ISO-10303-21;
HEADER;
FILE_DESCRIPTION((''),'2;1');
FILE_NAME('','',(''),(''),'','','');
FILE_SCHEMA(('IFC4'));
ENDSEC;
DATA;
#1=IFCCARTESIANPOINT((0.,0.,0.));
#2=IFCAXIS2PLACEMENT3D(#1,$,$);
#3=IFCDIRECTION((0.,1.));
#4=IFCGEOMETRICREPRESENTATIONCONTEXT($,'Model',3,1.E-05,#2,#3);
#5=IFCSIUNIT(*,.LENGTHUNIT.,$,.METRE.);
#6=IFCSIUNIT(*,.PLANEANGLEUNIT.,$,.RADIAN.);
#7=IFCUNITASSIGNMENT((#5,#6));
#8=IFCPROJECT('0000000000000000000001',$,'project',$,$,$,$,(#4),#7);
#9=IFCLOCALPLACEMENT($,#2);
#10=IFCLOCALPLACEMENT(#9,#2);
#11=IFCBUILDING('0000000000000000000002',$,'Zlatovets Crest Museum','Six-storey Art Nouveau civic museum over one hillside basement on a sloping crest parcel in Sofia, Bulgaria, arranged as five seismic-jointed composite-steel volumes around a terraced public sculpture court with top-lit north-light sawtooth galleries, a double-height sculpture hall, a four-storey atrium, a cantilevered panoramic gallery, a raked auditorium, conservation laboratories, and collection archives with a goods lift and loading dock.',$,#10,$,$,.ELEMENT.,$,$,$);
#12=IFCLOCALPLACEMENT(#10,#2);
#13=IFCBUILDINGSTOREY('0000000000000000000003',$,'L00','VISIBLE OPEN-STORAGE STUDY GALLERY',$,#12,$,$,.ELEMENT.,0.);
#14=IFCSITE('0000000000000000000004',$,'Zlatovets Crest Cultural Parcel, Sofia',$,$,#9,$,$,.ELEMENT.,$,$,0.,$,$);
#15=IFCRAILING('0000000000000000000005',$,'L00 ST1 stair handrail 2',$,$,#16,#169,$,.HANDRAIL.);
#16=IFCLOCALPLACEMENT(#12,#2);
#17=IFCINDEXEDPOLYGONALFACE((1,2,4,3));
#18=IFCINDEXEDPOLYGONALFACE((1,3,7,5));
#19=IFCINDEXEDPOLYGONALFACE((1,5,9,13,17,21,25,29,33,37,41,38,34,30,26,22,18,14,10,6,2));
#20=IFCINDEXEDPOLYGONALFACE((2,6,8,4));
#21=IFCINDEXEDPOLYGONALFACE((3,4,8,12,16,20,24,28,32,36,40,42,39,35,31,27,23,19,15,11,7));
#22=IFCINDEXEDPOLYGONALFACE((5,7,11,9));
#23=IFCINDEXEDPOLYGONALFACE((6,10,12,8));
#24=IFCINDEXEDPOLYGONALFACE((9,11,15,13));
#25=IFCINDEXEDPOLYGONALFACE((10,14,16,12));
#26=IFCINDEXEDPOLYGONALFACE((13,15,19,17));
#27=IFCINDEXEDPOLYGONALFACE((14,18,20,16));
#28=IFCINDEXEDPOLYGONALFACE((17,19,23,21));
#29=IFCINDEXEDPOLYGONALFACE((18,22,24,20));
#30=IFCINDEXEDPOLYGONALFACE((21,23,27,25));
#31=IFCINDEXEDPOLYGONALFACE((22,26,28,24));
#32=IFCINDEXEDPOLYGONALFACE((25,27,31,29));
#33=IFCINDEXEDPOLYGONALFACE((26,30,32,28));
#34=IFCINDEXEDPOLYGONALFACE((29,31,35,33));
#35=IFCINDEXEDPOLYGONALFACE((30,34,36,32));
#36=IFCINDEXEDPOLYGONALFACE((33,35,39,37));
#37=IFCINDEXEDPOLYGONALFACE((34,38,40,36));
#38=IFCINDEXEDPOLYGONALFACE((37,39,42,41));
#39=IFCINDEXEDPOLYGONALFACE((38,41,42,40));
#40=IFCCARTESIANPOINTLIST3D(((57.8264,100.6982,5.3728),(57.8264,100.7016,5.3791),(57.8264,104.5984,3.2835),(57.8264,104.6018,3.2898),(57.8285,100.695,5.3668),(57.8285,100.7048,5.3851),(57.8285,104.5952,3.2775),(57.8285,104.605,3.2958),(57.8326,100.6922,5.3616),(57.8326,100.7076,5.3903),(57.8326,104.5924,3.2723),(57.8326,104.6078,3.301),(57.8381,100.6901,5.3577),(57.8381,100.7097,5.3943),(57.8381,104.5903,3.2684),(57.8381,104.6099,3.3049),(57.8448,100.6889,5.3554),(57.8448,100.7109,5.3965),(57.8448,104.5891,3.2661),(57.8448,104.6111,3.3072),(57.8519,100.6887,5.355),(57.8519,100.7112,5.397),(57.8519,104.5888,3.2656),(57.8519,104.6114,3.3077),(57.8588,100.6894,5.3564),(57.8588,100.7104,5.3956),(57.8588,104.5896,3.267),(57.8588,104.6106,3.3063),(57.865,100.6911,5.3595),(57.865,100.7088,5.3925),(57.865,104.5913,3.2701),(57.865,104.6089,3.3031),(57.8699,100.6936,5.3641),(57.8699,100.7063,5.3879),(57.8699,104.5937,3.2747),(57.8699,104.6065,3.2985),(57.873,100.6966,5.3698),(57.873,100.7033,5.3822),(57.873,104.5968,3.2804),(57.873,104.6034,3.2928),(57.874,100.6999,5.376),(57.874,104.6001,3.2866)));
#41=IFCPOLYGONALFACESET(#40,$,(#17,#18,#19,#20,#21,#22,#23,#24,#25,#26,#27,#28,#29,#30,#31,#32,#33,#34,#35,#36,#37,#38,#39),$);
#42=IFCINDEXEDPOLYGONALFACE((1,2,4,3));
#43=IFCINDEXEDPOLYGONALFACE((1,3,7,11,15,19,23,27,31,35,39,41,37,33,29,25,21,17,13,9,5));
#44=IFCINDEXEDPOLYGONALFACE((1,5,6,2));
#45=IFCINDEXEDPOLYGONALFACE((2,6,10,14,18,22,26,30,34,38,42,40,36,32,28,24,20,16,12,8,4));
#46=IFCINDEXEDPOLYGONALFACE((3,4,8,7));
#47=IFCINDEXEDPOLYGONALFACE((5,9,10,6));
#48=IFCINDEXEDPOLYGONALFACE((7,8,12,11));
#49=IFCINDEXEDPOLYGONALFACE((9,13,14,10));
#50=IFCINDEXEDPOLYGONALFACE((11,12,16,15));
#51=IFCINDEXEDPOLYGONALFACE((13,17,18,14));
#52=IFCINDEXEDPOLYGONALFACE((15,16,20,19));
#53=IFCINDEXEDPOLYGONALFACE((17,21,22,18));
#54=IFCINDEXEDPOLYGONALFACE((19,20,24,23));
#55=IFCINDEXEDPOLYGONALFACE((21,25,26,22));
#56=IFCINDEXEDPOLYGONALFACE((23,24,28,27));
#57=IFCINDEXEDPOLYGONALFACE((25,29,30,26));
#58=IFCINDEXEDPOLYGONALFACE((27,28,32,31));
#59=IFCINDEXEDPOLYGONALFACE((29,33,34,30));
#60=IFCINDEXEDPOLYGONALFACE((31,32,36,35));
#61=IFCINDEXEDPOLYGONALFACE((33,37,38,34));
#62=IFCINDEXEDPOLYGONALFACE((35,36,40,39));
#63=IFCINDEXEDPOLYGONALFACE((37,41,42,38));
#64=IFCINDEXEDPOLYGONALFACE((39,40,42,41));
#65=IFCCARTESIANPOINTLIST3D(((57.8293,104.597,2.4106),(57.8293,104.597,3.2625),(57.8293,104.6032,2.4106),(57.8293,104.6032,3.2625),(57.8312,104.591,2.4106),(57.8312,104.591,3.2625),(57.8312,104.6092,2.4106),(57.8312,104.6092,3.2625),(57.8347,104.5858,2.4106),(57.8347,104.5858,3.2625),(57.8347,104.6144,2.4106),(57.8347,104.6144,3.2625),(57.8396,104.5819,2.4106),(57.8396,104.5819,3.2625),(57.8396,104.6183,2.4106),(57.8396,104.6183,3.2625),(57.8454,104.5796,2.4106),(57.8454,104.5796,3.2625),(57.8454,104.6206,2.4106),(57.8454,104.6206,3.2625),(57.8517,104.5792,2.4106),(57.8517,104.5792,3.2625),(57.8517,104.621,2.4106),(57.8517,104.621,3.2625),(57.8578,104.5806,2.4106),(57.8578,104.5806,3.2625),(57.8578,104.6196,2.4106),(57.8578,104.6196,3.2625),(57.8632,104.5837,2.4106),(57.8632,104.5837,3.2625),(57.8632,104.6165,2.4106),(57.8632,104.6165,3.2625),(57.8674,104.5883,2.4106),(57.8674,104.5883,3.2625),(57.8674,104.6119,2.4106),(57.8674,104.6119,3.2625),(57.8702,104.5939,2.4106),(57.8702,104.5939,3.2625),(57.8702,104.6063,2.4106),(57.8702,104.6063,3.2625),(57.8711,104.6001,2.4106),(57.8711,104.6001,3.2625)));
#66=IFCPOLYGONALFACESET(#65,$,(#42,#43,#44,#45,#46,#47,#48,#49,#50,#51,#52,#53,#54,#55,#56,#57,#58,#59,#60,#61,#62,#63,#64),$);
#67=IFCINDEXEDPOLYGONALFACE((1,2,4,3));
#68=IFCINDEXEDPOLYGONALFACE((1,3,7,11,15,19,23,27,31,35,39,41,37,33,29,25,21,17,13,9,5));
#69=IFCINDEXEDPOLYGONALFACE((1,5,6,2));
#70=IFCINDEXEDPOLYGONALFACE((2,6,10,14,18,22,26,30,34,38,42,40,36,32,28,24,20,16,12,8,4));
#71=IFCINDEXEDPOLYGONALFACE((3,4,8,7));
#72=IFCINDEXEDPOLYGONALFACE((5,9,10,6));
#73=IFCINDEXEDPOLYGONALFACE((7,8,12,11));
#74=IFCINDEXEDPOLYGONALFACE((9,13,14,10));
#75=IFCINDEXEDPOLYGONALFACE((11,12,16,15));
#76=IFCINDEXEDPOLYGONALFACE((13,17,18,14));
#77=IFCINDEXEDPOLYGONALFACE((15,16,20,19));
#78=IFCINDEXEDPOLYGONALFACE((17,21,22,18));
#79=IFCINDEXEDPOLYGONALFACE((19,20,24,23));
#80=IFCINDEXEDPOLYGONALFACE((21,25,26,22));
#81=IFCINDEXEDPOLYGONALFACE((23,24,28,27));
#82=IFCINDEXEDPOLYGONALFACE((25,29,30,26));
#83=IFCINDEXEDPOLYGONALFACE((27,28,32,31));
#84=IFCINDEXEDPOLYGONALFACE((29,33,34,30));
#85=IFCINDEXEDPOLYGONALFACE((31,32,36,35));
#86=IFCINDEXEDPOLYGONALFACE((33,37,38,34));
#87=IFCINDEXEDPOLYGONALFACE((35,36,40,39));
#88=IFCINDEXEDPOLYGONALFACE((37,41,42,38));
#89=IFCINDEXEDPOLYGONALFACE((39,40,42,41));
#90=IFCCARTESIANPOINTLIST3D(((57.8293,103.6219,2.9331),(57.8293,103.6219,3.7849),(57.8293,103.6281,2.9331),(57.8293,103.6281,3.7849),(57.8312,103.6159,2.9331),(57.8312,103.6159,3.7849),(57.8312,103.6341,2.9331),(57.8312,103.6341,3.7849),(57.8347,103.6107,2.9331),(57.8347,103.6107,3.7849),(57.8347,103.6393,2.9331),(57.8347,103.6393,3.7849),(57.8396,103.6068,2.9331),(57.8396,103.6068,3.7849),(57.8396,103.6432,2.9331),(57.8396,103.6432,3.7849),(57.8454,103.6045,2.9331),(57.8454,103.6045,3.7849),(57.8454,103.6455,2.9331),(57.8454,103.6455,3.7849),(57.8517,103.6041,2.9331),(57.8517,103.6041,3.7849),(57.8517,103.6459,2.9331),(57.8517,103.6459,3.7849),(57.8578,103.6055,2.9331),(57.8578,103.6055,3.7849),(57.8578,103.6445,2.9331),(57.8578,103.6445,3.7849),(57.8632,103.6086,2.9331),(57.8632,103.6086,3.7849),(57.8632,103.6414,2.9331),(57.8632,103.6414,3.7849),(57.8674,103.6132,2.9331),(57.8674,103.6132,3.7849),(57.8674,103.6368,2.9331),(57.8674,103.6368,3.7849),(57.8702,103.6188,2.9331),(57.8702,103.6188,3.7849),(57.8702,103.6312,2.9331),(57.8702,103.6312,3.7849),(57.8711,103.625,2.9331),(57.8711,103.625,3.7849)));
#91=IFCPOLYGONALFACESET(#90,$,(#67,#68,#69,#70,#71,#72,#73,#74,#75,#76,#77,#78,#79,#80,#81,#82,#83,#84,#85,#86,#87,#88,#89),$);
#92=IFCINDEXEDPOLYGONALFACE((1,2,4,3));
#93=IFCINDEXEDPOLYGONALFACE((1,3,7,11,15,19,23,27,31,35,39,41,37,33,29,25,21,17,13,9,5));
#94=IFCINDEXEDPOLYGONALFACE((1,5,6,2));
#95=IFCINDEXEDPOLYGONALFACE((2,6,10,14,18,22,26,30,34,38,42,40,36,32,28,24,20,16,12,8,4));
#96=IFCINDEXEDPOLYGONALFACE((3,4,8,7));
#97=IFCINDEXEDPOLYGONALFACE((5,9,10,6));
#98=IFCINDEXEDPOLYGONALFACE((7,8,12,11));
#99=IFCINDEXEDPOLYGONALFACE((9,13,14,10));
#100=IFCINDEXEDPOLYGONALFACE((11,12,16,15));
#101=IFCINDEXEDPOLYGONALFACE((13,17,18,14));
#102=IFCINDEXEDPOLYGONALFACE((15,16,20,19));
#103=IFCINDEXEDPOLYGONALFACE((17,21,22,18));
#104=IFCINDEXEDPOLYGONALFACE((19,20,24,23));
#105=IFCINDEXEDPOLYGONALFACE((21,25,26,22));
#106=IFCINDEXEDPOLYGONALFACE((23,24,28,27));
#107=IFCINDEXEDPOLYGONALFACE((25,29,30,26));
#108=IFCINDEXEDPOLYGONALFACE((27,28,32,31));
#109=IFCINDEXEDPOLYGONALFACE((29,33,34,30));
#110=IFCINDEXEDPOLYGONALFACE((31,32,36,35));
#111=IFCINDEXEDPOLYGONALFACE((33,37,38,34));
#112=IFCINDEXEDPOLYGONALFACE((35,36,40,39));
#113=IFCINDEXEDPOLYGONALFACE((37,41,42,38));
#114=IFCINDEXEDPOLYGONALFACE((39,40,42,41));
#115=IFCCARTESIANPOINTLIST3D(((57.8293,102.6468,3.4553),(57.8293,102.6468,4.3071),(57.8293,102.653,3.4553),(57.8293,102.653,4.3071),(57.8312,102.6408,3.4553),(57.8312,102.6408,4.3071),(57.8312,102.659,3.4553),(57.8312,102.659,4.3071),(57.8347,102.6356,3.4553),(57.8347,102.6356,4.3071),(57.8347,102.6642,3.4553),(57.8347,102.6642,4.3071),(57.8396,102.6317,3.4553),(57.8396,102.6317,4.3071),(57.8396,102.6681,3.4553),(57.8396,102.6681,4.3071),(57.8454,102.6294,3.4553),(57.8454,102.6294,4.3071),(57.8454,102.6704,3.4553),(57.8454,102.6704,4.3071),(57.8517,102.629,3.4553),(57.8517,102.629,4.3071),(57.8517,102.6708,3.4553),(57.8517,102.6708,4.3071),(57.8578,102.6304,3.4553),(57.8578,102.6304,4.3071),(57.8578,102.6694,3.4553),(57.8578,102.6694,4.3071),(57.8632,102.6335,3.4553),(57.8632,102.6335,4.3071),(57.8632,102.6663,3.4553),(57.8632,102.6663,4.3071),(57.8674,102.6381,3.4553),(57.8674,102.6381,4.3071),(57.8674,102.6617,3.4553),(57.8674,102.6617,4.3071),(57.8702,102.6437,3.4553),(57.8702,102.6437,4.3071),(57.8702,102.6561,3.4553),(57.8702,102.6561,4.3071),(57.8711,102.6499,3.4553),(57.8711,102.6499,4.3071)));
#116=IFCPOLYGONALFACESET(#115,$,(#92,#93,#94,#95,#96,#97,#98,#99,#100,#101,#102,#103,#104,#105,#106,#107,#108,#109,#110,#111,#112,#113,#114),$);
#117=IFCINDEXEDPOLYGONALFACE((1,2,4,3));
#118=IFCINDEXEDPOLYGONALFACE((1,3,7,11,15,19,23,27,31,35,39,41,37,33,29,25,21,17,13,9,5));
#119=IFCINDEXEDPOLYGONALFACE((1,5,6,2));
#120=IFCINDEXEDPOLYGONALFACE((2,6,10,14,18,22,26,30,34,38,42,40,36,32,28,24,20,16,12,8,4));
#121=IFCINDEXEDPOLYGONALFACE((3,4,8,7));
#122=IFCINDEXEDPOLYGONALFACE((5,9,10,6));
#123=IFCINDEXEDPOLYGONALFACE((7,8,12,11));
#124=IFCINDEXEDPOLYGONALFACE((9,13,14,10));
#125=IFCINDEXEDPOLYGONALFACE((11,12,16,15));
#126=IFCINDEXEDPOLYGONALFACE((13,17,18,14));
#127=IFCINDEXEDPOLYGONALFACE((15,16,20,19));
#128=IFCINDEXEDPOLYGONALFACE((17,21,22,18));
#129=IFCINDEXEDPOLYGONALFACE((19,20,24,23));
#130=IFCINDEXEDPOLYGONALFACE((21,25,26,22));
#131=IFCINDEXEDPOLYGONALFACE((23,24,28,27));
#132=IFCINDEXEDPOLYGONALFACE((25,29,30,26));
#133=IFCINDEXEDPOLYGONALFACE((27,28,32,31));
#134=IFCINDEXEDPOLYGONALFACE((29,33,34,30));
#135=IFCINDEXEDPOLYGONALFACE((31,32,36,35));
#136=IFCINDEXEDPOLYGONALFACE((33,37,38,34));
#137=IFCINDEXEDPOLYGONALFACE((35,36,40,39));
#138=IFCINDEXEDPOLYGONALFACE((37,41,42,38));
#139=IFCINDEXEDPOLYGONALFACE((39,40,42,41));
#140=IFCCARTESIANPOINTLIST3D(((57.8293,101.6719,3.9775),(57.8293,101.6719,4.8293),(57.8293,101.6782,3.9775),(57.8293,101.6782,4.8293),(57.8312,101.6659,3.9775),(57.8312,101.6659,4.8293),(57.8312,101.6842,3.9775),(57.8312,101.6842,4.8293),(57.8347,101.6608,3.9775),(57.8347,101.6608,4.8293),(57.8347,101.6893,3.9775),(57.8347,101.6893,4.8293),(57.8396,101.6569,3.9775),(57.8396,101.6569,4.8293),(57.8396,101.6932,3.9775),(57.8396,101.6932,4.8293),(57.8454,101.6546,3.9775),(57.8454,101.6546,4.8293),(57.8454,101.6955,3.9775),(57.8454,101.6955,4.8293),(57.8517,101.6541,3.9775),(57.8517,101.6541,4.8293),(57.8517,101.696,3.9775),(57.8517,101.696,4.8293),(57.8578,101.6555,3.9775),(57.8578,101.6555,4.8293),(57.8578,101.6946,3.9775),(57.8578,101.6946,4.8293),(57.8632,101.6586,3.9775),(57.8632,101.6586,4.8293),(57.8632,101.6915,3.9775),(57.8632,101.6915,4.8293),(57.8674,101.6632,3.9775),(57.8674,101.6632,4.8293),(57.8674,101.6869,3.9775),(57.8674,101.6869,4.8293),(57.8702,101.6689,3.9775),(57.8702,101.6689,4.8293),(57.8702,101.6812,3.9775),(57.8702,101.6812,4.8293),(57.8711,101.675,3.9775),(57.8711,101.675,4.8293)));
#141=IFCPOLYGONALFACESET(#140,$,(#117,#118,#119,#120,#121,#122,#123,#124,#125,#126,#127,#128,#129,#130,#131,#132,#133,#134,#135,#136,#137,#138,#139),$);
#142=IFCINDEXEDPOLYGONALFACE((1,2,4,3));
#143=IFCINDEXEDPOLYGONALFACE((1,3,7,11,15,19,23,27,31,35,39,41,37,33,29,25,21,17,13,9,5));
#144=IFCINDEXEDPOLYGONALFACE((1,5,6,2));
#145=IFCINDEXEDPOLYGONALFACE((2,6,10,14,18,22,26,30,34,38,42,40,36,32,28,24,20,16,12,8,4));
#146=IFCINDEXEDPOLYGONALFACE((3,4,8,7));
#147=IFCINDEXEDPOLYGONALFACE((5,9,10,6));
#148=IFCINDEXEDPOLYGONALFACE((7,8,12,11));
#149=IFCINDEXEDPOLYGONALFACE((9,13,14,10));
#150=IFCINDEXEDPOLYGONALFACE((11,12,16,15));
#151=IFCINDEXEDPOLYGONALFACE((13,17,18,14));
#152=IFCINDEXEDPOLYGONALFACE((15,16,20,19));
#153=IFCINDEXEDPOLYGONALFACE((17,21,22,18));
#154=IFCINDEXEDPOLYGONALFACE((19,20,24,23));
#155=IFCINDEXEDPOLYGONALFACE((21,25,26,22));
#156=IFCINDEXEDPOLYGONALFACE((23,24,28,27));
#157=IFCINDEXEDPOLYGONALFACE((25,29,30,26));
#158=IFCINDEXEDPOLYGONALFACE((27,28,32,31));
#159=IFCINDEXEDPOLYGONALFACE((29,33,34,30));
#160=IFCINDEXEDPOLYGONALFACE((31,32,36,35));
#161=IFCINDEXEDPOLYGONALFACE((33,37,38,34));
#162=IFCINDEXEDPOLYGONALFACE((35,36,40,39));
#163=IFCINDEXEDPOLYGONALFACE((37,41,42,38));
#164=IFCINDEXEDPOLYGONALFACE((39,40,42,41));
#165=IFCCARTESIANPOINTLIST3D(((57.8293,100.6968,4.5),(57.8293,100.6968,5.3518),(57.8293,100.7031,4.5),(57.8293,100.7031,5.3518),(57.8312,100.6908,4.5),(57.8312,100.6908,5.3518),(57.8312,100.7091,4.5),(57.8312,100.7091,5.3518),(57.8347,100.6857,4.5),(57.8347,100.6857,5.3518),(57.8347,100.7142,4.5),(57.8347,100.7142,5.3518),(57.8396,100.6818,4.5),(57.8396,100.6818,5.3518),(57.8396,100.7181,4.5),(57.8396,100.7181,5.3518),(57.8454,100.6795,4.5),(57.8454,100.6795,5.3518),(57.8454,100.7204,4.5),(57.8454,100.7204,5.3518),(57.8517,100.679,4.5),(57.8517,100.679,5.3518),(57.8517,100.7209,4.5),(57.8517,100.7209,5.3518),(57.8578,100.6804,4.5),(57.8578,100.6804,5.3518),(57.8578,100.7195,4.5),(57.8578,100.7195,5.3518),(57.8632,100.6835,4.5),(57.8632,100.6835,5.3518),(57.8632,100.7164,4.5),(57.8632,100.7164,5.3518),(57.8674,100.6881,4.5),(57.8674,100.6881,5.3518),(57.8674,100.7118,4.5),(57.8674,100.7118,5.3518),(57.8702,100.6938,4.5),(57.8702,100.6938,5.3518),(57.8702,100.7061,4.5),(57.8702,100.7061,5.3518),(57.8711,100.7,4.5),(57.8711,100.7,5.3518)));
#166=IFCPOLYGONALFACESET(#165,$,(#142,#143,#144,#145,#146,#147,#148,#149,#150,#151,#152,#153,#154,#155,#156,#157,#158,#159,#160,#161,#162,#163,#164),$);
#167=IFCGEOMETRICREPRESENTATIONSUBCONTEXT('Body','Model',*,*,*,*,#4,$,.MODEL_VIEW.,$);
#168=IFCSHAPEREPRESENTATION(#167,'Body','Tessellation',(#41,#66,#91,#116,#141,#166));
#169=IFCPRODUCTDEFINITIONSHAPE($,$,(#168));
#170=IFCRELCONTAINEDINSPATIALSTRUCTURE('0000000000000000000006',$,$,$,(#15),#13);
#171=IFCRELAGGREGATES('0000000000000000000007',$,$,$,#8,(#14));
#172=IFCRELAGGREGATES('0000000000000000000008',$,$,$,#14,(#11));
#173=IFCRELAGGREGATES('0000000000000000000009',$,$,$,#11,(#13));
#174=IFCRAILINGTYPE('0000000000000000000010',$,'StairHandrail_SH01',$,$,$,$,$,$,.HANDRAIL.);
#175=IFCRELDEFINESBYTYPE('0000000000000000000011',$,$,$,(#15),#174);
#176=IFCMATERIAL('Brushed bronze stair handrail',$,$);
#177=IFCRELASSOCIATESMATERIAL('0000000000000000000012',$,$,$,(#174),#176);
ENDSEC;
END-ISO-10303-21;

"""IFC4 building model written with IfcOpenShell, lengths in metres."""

from ifc_helpers import new_model, si_unit, direction, frame, origin, origin_2d, place, context, subcontext, project, spatial, circle, extrude, material, type_object, element, save


model = new_model("IFC4")

# Units and contexts
model_context = context("Model", 3, precision=1e-05, world=origin(), true_north=direction((0.0, 1.0)))
body_context = subcontext(model_context, "Body", "Model", "MODEL_VIEW")
ifc_project = project(units=[si_unit("LENGTHUNIT", "METRE"), si_unit("PLANEANGLEUNIT", "RADIAN")], contexts=[model_context])

# Site, building, storey
site_placement = place(None, origin())
site = spatial("IfcSite", under=ifc_project, at=site_placement, Name="Zlatovets Crest Cultural Parcel, Sofia", CompositionType="ELEMENT", RefElevation=0.0)
building_placement = place(site_placement, origin())
building = spatial("IfcBuilding", under=site, at=building_placement, Name="Zlatovets Crest Museum", Description="Six-storey Art Nouveau civic museum over one hillside basement on a sloping crest parcel in Sofia, Bulgaria, arranged as five seismic-jointed composite-steel volumes around a terraced public sculpture court with top-lit north-light sawtooth galleries, a double-height sculpture hall, a four-storey atrium, a cantilevered panoramic gallery, a raked auditorium, conservation laboratories, and collection archives with a goods lift and loading dock.", CompositionType="ELEMENT")
storey_placement = place(building_placement, origin())
storey = spatial("IfcBuildingStorey", under=building, at=storey_placement, Name="L00", Description="VISIBLE OPEN-STORAGE STUDY GALLERY", CompositionType="ELEMENT", Elevation=0.0)

# Railing
ifc_material_1 = material(Name="Brushed bronze stair handrail")
railing_type_1 = type_object("IfcRailingType", Name="StairHandrail_SH01", PredefinedType="HANDRAIL", material=ifc_material_1)
railing_1_placement = place(storey_placement, frame((57.8501, 104.6001, 2.4106)))
element("IfcRailing", 1, at=railing_1_placement, inside=storey, type_object=railing_type_1, Name="L00 ST1 stair handrail 2", PredefinedType="HANDRAIL", context=body_context, shape_type="SweptSolid", body=[
    extrude(circle(Radius=0.0239, at=origin_2d()), frame((0.0, 0.0, 0.876), z_axis=(0.0, -0.881481, 0.47222), x_axis=(1.0, 0.0, 0.0)), (0.0, 0.0, 1.0), 4.4246),
    extrude(circle(Radius=0.021, at=origin_2d()), origin(), (0.0, 0.0, 1.0), 0.8518),
    extrude(circle(Radius=0.021, at=origin_2d()), frame((0.0, -0.9751, 0.5225)), (0.0, 0.0, 1.0), 0.8518),
    extrude(circle(Radius=0.021, at=origin_2d()), frame((0.0, -1.9502, 1.0447)), (0.0, 0.0, 1.0), 0.8518),
    extrude(circle(Radius=0.021, at=origin_2d()), frame((0.0, -2.925, 1.5669)), (0.0, 0.0, 1.0), 0.8518),
    extrude(circle(Radius=0.021, at=origin_2d()), frame((0.0, -3.9001, 2.0894)), (0.0, 0.0, 1.0), 0.8518),
])

save(model, "model.ifc")
